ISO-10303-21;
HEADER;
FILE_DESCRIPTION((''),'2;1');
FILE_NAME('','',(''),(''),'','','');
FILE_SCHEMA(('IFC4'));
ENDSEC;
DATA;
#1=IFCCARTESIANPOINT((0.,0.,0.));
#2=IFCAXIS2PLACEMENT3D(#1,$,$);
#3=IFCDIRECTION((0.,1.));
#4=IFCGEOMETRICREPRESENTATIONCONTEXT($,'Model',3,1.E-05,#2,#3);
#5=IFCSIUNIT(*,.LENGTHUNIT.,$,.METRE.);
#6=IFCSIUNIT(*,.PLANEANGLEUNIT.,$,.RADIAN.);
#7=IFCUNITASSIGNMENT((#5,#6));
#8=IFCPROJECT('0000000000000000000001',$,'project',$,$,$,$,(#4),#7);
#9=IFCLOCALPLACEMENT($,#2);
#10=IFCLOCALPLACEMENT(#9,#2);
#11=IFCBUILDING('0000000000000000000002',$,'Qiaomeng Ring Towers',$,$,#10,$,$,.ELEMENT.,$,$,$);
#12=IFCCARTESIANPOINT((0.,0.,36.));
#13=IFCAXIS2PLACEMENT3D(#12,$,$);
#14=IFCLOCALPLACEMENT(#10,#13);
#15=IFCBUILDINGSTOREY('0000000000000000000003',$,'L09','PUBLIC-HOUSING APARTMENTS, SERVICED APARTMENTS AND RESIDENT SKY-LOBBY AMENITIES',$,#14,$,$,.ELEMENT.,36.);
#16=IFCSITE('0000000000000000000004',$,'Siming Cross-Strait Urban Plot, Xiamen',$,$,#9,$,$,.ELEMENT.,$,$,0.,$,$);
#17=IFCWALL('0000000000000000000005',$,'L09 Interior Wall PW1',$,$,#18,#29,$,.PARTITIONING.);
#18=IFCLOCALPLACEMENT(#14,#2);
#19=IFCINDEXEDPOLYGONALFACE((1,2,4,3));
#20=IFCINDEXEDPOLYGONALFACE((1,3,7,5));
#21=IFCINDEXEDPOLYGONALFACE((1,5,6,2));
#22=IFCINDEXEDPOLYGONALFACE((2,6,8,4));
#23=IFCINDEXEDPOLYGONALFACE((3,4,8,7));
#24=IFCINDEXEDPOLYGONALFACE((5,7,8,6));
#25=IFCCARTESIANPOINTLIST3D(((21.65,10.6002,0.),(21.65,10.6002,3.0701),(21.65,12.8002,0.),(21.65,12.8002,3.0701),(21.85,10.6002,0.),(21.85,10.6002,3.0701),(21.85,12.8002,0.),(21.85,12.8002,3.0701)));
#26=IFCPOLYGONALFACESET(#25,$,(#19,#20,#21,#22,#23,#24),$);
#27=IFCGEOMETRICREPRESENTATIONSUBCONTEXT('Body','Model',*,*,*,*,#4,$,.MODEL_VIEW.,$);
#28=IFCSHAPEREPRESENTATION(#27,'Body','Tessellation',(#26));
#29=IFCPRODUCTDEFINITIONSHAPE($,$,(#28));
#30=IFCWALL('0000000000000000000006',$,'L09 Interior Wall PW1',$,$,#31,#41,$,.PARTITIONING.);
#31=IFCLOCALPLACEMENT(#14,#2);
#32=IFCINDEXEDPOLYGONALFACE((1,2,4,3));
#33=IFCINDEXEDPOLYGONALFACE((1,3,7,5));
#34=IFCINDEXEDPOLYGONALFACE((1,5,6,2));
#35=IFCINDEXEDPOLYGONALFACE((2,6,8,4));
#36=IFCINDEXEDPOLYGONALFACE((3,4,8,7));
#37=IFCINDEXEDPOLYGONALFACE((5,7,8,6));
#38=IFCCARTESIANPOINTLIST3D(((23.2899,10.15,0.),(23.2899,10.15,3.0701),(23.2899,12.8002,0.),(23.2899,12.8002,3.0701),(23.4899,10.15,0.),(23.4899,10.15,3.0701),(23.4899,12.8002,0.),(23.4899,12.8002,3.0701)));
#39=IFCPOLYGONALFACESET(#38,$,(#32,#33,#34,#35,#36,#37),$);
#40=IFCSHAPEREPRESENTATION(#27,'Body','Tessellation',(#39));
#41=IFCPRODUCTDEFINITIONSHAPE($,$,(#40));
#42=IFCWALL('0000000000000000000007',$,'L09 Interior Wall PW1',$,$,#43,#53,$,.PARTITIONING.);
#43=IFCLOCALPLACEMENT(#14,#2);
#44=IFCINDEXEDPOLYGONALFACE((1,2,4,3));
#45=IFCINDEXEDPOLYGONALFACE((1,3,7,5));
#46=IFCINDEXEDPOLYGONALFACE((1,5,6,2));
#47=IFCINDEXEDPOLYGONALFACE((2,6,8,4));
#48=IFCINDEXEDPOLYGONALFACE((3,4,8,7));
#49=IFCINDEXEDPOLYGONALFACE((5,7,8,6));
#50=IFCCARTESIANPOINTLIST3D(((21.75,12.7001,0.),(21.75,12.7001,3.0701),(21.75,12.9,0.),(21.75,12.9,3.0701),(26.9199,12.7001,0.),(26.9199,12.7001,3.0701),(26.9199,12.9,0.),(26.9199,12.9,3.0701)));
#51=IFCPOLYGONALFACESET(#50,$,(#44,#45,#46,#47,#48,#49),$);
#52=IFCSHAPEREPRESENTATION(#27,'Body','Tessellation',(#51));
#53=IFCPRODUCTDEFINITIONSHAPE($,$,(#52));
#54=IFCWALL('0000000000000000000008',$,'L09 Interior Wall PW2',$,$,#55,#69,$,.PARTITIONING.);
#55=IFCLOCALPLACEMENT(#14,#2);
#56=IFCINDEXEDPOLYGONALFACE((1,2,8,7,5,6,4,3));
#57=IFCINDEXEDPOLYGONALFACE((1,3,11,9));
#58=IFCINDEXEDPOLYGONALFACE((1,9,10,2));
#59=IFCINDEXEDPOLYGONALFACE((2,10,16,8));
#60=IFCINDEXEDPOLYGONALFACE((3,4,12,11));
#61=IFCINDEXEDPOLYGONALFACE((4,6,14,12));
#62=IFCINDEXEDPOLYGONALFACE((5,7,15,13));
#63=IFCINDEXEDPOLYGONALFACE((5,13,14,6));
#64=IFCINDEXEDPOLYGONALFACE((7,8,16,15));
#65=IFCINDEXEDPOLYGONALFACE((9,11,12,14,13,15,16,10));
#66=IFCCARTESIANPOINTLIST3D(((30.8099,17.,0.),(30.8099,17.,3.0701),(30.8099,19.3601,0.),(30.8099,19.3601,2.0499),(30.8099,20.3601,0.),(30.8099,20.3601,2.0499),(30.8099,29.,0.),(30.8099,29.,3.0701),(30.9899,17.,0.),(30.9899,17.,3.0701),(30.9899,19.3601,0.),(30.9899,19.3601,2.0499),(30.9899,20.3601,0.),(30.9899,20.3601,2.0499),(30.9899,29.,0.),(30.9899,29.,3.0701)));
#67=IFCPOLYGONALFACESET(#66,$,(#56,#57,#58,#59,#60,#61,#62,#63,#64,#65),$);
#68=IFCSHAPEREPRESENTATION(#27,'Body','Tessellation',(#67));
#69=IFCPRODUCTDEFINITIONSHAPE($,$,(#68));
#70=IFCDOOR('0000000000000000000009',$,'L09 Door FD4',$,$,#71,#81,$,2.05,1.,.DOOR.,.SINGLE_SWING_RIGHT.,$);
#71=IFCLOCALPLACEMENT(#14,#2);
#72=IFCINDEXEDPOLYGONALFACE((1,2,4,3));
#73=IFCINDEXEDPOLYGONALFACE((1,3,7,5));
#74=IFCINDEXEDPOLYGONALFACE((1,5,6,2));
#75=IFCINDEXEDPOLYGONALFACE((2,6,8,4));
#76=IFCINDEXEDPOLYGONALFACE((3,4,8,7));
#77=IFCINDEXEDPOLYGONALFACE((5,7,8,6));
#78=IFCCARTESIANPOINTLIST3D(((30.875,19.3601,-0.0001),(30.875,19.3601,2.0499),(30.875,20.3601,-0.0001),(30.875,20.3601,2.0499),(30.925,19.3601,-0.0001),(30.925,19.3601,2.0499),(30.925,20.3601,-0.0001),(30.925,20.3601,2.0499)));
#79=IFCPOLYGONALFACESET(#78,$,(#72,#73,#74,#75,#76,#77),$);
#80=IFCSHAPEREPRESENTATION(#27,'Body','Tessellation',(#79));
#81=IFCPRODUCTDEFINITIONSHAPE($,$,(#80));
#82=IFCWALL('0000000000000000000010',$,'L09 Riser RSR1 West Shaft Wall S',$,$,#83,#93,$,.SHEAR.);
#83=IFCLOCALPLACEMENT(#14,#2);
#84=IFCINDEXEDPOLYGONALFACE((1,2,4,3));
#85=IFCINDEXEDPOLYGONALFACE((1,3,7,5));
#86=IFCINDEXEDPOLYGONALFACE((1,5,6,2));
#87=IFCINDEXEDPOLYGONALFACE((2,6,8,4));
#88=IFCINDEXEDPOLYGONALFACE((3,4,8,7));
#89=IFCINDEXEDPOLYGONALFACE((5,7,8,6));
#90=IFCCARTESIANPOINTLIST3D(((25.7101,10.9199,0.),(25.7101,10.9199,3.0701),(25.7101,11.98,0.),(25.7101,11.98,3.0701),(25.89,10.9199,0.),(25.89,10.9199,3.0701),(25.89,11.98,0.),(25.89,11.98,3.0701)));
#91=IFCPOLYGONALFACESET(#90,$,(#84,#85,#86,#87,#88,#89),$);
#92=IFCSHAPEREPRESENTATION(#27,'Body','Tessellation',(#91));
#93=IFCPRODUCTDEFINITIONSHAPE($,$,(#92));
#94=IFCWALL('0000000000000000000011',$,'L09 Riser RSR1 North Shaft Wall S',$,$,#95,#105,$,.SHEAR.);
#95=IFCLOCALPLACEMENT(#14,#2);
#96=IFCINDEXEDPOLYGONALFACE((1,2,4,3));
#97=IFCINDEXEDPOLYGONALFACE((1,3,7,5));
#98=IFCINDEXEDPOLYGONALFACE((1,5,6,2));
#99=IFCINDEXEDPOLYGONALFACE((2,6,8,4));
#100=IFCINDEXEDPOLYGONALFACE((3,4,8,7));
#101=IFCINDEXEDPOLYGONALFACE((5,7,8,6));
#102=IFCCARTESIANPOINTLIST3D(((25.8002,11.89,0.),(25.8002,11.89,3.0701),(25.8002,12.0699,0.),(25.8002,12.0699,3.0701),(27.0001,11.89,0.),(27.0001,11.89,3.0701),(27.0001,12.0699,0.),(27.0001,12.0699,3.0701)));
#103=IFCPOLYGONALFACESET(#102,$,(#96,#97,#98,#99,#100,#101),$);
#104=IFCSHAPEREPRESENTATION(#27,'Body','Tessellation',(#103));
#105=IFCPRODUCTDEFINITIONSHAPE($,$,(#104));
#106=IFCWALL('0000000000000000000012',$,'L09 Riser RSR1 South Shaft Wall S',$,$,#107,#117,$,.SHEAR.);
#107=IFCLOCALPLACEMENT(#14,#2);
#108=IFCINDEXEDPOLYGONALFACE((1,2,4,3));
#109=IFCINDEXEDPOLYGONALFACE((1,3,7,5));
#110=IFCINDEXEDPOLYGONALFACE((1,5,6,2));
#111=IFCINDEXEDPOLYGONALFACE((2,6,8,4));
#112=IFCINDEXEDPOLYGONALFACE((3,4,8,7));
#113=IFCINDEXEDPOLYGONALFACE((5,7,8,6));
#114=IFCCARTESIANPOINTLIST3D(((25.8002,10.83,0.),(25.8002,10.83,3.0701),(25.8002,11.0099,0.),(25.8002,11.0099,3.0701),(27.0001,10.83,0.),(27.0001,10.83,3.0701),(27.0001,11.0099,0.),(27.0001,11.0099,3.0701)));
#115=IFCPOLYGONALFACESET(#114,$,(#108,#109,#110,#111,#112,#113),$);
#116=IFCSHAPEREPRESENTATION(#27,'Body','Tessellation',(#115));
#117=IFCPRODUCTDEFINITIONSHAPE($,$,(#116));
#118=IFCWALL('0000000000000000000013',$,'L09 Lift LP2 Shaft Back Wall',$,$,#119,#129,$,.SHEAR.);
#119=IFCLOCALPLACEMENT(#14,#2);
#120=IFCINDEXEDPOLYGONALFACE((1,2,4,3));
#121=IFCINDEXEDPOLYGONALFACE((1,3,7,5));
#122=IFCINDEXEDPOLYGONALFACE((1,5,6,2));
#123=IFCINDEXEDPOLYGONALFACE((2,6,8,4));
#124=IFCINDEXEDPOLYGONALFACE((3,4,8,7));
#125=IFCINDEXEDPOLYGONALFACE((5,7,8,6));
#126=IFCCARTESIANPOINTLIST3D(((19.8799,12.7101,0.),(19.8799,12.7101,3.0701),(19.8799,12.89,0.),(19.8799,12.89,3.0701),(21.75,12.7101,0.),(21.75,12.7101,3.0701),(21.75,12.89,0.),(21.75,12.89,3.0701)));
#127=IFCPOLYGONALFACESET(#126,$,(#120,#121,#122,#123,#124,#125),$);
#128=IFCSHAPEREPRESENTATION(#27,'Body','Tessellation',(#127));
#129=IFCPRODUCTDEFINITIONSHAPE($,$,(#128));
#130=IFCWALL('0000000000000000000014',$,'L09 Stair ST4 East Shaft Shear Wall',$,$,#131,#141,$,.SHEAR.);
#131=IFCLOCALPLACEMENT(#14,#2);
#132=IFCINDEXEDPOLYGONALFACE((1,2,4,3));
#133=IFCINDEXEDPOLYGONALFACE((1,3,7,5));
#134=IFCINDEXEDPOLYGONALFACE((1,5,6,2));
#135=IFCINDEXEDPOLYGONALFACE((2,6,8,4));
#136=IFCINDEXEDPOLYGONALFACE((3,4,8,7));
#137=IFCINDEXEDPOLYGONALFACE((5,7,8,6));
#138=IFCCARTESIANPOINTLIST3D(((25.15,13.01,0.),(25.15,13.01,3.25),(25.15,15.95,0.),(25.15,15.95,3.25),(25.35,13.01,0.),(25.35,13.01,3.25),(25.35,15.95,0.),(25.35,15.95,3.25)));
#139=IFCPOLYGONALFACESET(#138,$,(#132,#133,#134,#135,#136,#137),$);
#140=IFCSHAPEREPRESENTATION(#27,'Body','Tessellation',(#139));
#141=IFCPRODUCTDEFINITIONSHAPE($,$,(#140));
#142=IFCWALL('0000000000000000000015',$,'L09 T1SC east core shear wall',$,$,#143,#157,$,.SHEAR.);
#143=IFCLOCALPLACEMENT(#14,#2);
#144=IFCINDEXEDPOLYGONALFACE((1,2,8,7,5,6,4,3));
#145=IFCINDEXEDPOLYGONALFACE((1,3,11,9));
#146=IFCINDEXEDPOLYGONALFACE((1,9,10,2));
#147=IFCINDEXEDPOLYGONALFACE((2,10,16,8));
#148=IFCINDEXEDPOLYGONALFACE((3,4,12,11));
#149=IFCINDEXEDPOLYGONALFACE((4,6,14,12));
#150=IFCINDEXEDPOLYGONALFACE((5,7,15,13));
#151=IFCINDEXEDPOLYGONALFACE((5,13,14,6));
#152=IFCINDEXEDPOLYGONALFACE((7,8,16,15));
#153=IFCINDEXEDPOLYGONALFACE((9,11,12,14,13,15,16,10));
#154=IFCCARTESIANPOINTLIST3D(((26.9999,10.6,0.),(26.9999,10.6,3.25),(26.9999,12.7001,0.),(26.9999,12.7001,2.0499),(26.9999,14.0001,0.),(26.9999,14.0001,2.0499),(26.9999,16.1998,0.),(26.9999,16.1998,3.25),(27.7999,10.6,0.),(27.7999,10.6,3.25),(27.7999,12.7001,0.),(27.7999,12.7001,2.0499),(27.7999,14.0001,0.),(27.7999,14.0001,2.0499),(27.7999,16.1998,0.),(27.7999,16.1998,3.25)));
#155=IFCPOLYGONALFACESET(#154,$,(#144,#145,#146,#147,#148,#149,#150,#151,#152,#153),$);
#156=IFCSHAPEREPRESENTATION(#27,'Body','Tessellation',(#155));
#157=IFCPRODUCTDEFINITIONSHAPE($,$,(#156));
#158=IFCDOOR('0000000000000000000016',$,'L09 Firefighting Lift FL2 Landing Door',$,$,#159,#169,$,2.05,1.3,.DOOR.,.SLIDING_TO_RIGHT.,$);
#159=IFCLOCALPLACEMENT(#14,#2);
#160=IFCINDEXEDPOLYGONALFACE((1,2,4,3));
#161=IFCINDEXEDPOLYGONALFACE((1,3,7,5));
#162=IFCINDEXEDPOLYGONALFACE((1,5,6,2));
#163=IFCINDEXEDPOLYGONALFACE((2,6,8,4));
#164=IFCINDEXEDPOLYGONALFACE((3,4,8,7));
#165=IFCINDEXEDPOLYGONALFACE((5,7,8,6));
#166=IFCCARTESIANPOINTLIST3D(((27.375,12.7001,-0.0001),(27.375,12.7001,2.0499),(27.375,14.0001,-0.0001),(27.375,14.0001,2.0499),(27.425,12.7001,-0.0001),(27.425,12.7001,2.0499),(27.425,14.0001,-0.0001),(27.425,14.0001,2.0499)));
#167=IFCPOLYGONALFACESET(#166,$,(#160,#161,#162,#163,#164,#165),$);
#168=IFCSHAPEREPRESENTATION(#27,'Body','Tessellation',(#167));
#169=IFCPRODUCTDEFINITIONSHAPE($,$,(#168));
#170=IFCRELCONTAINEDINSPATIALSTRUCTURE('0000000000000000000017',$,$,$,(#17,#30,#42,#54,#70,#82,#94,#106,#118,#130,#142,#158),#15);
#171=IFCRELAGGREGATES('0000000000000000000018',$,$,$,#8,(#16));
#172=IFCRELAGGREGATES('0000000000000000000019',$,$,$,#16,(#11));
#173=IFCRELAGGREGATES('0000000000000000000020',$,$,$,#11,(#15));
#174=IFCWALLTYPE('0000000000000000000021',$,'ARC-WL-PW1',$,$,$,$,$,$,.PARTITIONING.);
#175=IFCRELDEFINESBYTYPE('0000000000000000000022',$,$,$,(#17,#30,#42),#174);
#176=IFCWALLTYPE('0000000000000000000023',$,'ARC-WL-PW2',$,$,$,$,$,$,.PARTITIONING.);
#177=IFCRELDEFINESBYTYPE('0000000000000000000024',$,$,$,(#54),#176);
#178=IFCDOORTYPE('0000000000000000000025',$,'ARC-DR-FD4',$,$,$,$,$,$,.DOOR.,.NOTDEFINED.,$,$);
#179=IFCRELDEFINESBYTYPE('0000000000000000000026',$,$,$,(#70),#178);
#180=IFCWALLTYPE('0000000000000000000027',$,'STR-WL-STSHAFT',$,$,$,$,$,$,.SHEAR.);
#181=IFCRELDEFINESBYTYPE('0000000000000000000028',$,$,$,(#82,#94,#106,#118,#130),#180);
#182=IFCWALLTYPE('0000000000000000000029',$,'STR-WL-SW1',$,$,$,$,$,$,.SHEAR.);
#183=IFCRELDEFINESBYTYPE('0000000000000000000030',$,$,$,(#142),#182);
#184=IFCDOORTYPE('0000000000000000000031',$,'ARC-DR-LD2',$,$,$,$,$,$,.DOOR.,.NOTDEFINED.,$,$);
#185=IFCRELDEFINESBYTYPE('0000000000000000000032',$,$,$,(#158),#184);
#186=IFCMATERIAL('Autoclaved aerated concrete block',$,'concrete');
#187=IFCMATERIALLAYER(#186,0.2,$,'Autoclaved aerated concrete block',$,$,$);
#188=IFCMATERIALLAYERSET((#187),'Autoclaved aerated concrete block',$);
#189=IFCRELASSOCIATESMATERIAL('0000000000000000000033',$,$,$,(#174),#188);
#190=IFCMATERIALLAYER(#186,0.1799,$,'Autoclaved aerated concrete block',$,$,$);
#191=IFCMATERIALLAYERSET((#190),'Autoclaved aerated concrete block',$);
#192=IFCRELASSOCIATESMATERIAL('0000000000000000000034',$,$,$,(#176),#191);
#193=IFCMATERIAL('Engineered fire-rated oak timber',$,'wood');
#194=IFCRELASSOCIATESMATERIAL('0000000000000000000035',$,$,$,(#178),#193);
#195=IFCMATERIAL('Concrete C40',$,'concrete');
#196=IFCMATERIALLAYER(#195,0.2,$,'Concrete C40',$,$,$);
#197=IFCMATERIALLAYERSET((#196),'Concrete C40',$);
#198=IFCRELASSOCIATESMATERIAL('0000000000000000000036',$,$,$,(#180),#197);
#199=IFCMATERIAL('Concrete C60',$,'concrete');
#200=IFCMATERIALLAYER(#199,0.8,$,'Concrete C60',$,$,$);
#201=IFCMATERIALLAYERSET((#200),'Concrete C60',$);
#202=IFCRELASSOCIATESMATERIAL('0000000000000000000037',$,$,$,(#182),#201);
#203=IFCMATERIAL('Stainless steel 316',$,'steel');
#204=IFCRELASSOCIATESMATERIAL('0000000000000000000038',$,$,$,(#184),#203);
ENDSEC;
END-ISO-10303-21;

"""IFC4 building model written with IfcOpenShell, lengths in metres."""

from ifc_helpers import new_model, si_unit, direction, frame, frame_2d, origin, place, context, subcontext, project, spatial, rectangle, extrude, source, transform, mapped, material, layer, layer_set, type_object, element, fill, save


model = new_model("IFC4")

# Units and contexts
model_context = context("Model", 3, precision=1e-05, world=origin(), true_north=direction((0.0, 1.0)))
body_context = subcontext(model_context, "Body", "Model", "MODEL_VIEW")
ifc_project = project(units=[si_unit("LENGTHUNIT", "METRE"), si_unit("PLANEANGLEUNIT", "RADIAN")], contexts=[model_context])

# Site, building, storey
site_placement = place(None, origin())
site = spatial("IfcSite", under=ifc_project, at=site_placement, Name="Siming Cross-Strait Urban Plot, Xiamen", CompositionType="ELEMENT", RefElevation=0.0)
building_placement = place(site_placement, origin())
building = spatial("IfcBuilding", under=site, at=building_placement, Name="Qiaomeng Ring Towers", CompositionType="ELEMENT")
storey_placement = place(building_placement, frame((0.0, 0.0, 36.0)))
storey = spatial("IfcBuildingStorey", under=building, at=storey_placement, Name="L09", Description="PUBLIC-HOUSING APARTMENTS, SERVICED APARTMENTS AND RESIDENT SKY-LOBBY AMENITIES", CompositionType="ELEMENT", Elevation=36.0)

# Shared definitions
ifc_material_1 = material(Name="Concrete C60", Category="concrete")

# Shared definitions
ifc_material_2 = material(Name="Autoclaved aerated concrete block", Category="concrete")
ifc_layer_1 = layer(ifc_material_2, 0.2, Name="Autoclaved aerated concrete block")
ifc_layer_set_1 = layer_set([ifc_layer_1], Name="Autoclaved aerated concrete block")
wall_type_1 = type_object("IfcWallType", Name="ARC-WL-PW1", PredefinedType="PARTITIONING", material=ifc_layer_set_1)

# Walls
wall_1_placement = place(storey_placement, frame((21.75, 10.6001, 0.0), z_axis=(0.0, 0.0, 1.0), x_axis=(0.0, 1.0, 0.0)))
element("IfcWall", 1, at=wall_1_placement, inside=storey, type_object=wall_type_1, Name="L09 Interior Wall PW1", PredefinedType="PARTITIONING", context=body_context, shape_type="SweptSolid", body=[
    extrude(rectangle(XDim=2.2, YDim=0.2, at=frame_2d((1.1001, 0.0))), origin(), (0.0, 0.0, 1.0), 3.0701),
])
wall_2_placement = place(storey_placement, frame((23.3899, 10.1499, 0.0), z_axis=(0.0, 0.0, 1.0), x_axis=(0.0, 1.0, 0.0)))
element("IfcWall", 2, at=wall_2_placement, inside=storey, type_object=wall_type_1, Name="L09 Interior Wall PW1", PredefinedType="PARTITIONING", context=body_context, shape_type="SweptSolid", body=[
    extrude(rectangle(XDim=2.6501, YDim=0.2, at=frame_2d((1.3252, 0.0))), origin(), (0.0, 0.0, 1.0), 3.0701),
])
wall_3_placement = place(storey_placement, frame((21.75, 12.8, 0.0), z_axis=(0.0, 0.0, 1.0), x_axis=(1.0, 0.0, 0.0)))
element("IfcWall", 3, at=wall_3_placement, inside=storey, type_object=wall_type_1, Name="L09 Interior Wall PW1", PredefinedType="PARTITIONING", context=body_context, shape_type="SweptSolid", body=[
    extrude(rectangle(XDim=5.1699, YDim=0.2, at=frame_2d((2.585, 0.0))), origin(), (0.0, 0.0, 1.0), 3.0701),
])

# Wall, opening, door
ifc_layer_2 = layer(ifc_material_2, 0.1799, Name="Autoclaved aerated concrete block")
ifc_layer_set_2 = layer_set([ifc_layer_2], Name="Autoclaved aerated concrete block")
wall_type_2 = type_object("IfcWallType", Name="ARC-WL-PW2", PredefinedType="PARTITIONING", material=ifc_layer_set_2)
wall_4_placement = place(storey_placement, frame((30.8999, 17.0, 0.0), z_axis=(0.0, 0.0, 1.0), x_axis=(0.0, 1.0, 0.0)))
wall_4 = element("IfcWall", 4, at=wall_4_placement, inside=storey, type_object=wall_type_2, Name="L09 Interior Wall PW2", PredefinedType="PARTITIONING", context=body_context, shape_type="SweptSolid", body=[
    extrude(rectangle(XDim=12.0, YDim=0.1799, at=frame_2d((6.0, 0.0))), origin(), (0.0, 0.0, 1.0), 3.0701),
])
opening_1_placement = place(wall_4_placement, frame((2.3601, 0.0, 0.0)))
opening_1 = element("IfcOpeningElement", 5, at=opening_1_placement, cuts=wall_4, PredefinedType="OPENING", context=body_context, shape_type="SweptSolid", body=[
    extrude(rectangle(XDim=1.0, YDim=2.05, at=frame_2d((0.5, 1.0249))), frame((0.0, 0.0999, 0.0), z_axis=(0.0, -1.0, 0.0), x_axis=(1.0, 0.0, 0.0)), (0.0, 0.0, 1.0), 0.2),
])
ifc_material_3 = material(Name="Engineered fire-rated oak timber", Category="wood")
door_type_1 = type_object("IfcDoorType", Name="ARC-DR-FD4", OperationType="NOTDEFINED", PredefinedType="DOOR", material=ifc_material_3)
shared_shape_1 = source(origin(), body_context, "Body", "SweptSolid", [
    extrude(rectangle(XDim=1.0, YDim=2.05, at=frame_2d((0.5, 1.0249))), frame((0.0, 0.0249, 0.0), z_axis=(0.0, -1.0, 0.0), x_axis=(1.0, 0.0, 0.0)), (0.0, 0.0, 1.0), 0.05),
])
door_1_placement = place(opening_1_placement, origin())
door_1 = element("IfcDoor", 6, at=door_1_placement, inside=storey, type_object=door_type_1, Name="L09 Door FD4", OperationType="SINGLE_SWING_RIGHT", OverallHeight=2.05, OverallWidth=1.0, PredefinedType="DOOR", context=body_context, shape_type="MappedRepresentation", body=[
    mapped(shared_shape_1, transform((0.0, 0.0, 0.0), x_axis=(1.0, 0.0, 0.0), y_axis=(0.0, 1.0, 0.0), z_axis=(0.0, 0.0, 1.0), scale=1.0)),
])
fill(opening_1, door_1)

# Walls
ifc_material_4 = material(Name="Concrete C40", Category="concrete")
ifc_layer_3 = layer(ifc_material_4, 0.2, Name="Concrete C40")
ifc_layer_set_3 = layer_set([ifc_layer_3], Name="Concrete C40")
wall_type_3 = type_object("IfcWallType", Name="STR-WL-STSHAFT", PredefinedType="SHEAR", material=ifc_layer_set_3)
wall_5_placement = place(storey_placement, frame((25.8, 10.9199, 0.0), z_axis=(0.0, 0.0, 1.0), x_axis=(0.0, 1.0, 0.0)))
element("IfcWall", 7, at=wall_5_placement, inside=storey, type_object=wall_type_3, Name="L09 Riser RSR1 West Shaft Wall S", PredefinedType="SHEAR", context=body_context, shape_type="SweptSolid", body=[
    extrude(rectangle(XDim=1.0601, YDim=0.1799, at=frame_2d((0.53, 0.0))), origin(), (0.0, 0.0, 1.0), 3.0701),
])
for number, where, z_axis, x_axis, name in (
    (8, (25.8, 11.98, 0.0), (0.0, 0.0, 1.0), (1.0, 0.0, 0.0), "L09 Riser RSR1 North Shaft Wall S"),
    (9, (25.8, 10.9199, 0.0), (0.0, 0.0, 1.0), (1.0, 0.0, 0.0), "L09 Riser RSR1 South Shaft Wall S"),
):
    element("IfcWall", number, at=place(storey_placement, frame(where, z_axis=z_axis, x_axis=x_axis)), inside=storey, type_object=wall_type_3, Name=name, PredefinedType="SHEAR", context=body_context, shape_type="SweptSolid", body=[
        extrude(rectangle(XDim=1.2, YDim=0.1799, at=frame_2d((0.6001, 0.0))), origin(), (0.0, 0.0, 1.0), 3.0701),
    ])
wall_6_placement = place(storey_placement, frame((19.8799, 12.8, 0.0), z_axis=(0.0, 0.0, 1.0), x_axis=(1.0, 0.0, 0.0)))
element("IfcWall", 10, at=wall_6_placement, inside=storey, type_object=wall_type_3, Name="L09 Lift LP2 Shaft Back Wall", PredefinedType="SHEAR", context=body_context, shape_type="SweptSolid", body=[
    extrude(rectangle(XDim=1.8701, YDim=0.1799, at=frame_2d((0.9351, 0.0))), origin(), (0.0, 0.0, 1.0), 3.0701),
])
wall_7_placement = place(storey_placement, frame((25.25, 13.01, 0.0), z_axis=(0.0, 0.0, 1.0), x_axis=(0.0, 1.0, 0.0)))
element("IfcWall", 11, at=wall_7_placement, inside=storey, type_object=wall_type_3, Name="L09 Stair ST4 East Shaft Shear Wall", PredefinedType="SHEAR", context=body_context, shape_type="SweptSolid", body=[
    extrude(rectangle(XDim=2.9399, YDim=0.2, at=frame_2d((1.47, 0.0))), origin(), (0.0, 0.0, 1.0), 3.25),
])

# Wall, opening, door
ifc_layer_4 = layer(ifc_material_1, 0.8, Name="Concrete C60")
ifc_layer_set_4 = layer_set([ifc_layer_4], Name="Concrete C60")
wall_type_4 = type_object("IfcWallType", Name="STR-WL-SW1", PredefinedType="SHEAR", material=ifc_layer_set_4)
wall_8_placement = place(storey_placement, frame((27.3999, 10.6001, 0.0), z_axis=(0.0, 0.0, 1.0), x_axis=(0.0, 1.0, 0.0)))
wall_8 = element("IfcWall", 12, at=wall_8_placement, inside=storey, type_object=wall_type_4, Name="L09 T1SC east core shear wall", PredefinedType="SHEAR", context=body_context, shape_type="SweptSolid", body=[
    extrude(rectangle(XDim=5.5999, YDim=0.8, at=frame_2d((2.7998, 0.0))), origin(), (0.0, 0.0, 1.0), 3.25),
])
opening_2_placement = place(wall_8_placement, frame((2.1001, 0.0, 0.0)))
opening_2 = element("IfcOpeningElement", 13, at=opening_2_placement, cuts=wall_8, PredefinedType="OPENING", context=body_context, shape_type="SweptSolid", body=[
    extrude(rectangle(XDim=1.3, YDim=2.05, at=frame_2d((0.6499, 1.0249))), frame((0.0, 0.4099, 0.0), z_axis=(0.0, -1.0, 0.0), x_axis=(1.0, 0.0, 0.0)), (0.0, 0.0, 1.0), 0.8201),
])
ifc_material_5 = material(Name="Stainless steel 316", Category="steel")
door_type_2 = type_object("IfcDoorType", Name="ARC-DR-LD2", OperationType="NOTDEFINED", PredefinedType="DOOR", material=ifc_material_5)
shared_shape_2 = source(origin(), body_context, "Body", "SweptSolid", [
    extrude(rectangle(XDim=1.3, YDim=2.05, at=frame_2d((0.6499, 1.0249))), frame((0.0, 0.0249, 0.0), z_axis=(0.0, -1.0, 0.0), x_axis=(1.0, 0.0, 0.0)), (0.0, 0.0, 1.0), 0.05),
])
door_2_placement = place(opening_2_placement, origin())
door_2 = element("IfcDoor", 14, at=door_2_placement, inside=storey, type_object=door_type_2, Name="L09 Firefighting Lift FL2 Landing Door", OperationType="SLIDING_TO_RIGHT", OverallHeight=2.05, OverallWidth=1.3, PredefinedType="DOOR", context=body_context, shape_type="MappedRepresentation", body=[
    mapped(shared_shape_2, transform((0.0, 0.0, 0.0), x_axis=(1.0, 0.0, 0.0), y_axis=(0.0, 1.0, 0.0), z_axis=(0.0, 0.0, 1.0), scale=1.0)),
])
fill(opening_2, door_2)

save(model, "model.ifc")
